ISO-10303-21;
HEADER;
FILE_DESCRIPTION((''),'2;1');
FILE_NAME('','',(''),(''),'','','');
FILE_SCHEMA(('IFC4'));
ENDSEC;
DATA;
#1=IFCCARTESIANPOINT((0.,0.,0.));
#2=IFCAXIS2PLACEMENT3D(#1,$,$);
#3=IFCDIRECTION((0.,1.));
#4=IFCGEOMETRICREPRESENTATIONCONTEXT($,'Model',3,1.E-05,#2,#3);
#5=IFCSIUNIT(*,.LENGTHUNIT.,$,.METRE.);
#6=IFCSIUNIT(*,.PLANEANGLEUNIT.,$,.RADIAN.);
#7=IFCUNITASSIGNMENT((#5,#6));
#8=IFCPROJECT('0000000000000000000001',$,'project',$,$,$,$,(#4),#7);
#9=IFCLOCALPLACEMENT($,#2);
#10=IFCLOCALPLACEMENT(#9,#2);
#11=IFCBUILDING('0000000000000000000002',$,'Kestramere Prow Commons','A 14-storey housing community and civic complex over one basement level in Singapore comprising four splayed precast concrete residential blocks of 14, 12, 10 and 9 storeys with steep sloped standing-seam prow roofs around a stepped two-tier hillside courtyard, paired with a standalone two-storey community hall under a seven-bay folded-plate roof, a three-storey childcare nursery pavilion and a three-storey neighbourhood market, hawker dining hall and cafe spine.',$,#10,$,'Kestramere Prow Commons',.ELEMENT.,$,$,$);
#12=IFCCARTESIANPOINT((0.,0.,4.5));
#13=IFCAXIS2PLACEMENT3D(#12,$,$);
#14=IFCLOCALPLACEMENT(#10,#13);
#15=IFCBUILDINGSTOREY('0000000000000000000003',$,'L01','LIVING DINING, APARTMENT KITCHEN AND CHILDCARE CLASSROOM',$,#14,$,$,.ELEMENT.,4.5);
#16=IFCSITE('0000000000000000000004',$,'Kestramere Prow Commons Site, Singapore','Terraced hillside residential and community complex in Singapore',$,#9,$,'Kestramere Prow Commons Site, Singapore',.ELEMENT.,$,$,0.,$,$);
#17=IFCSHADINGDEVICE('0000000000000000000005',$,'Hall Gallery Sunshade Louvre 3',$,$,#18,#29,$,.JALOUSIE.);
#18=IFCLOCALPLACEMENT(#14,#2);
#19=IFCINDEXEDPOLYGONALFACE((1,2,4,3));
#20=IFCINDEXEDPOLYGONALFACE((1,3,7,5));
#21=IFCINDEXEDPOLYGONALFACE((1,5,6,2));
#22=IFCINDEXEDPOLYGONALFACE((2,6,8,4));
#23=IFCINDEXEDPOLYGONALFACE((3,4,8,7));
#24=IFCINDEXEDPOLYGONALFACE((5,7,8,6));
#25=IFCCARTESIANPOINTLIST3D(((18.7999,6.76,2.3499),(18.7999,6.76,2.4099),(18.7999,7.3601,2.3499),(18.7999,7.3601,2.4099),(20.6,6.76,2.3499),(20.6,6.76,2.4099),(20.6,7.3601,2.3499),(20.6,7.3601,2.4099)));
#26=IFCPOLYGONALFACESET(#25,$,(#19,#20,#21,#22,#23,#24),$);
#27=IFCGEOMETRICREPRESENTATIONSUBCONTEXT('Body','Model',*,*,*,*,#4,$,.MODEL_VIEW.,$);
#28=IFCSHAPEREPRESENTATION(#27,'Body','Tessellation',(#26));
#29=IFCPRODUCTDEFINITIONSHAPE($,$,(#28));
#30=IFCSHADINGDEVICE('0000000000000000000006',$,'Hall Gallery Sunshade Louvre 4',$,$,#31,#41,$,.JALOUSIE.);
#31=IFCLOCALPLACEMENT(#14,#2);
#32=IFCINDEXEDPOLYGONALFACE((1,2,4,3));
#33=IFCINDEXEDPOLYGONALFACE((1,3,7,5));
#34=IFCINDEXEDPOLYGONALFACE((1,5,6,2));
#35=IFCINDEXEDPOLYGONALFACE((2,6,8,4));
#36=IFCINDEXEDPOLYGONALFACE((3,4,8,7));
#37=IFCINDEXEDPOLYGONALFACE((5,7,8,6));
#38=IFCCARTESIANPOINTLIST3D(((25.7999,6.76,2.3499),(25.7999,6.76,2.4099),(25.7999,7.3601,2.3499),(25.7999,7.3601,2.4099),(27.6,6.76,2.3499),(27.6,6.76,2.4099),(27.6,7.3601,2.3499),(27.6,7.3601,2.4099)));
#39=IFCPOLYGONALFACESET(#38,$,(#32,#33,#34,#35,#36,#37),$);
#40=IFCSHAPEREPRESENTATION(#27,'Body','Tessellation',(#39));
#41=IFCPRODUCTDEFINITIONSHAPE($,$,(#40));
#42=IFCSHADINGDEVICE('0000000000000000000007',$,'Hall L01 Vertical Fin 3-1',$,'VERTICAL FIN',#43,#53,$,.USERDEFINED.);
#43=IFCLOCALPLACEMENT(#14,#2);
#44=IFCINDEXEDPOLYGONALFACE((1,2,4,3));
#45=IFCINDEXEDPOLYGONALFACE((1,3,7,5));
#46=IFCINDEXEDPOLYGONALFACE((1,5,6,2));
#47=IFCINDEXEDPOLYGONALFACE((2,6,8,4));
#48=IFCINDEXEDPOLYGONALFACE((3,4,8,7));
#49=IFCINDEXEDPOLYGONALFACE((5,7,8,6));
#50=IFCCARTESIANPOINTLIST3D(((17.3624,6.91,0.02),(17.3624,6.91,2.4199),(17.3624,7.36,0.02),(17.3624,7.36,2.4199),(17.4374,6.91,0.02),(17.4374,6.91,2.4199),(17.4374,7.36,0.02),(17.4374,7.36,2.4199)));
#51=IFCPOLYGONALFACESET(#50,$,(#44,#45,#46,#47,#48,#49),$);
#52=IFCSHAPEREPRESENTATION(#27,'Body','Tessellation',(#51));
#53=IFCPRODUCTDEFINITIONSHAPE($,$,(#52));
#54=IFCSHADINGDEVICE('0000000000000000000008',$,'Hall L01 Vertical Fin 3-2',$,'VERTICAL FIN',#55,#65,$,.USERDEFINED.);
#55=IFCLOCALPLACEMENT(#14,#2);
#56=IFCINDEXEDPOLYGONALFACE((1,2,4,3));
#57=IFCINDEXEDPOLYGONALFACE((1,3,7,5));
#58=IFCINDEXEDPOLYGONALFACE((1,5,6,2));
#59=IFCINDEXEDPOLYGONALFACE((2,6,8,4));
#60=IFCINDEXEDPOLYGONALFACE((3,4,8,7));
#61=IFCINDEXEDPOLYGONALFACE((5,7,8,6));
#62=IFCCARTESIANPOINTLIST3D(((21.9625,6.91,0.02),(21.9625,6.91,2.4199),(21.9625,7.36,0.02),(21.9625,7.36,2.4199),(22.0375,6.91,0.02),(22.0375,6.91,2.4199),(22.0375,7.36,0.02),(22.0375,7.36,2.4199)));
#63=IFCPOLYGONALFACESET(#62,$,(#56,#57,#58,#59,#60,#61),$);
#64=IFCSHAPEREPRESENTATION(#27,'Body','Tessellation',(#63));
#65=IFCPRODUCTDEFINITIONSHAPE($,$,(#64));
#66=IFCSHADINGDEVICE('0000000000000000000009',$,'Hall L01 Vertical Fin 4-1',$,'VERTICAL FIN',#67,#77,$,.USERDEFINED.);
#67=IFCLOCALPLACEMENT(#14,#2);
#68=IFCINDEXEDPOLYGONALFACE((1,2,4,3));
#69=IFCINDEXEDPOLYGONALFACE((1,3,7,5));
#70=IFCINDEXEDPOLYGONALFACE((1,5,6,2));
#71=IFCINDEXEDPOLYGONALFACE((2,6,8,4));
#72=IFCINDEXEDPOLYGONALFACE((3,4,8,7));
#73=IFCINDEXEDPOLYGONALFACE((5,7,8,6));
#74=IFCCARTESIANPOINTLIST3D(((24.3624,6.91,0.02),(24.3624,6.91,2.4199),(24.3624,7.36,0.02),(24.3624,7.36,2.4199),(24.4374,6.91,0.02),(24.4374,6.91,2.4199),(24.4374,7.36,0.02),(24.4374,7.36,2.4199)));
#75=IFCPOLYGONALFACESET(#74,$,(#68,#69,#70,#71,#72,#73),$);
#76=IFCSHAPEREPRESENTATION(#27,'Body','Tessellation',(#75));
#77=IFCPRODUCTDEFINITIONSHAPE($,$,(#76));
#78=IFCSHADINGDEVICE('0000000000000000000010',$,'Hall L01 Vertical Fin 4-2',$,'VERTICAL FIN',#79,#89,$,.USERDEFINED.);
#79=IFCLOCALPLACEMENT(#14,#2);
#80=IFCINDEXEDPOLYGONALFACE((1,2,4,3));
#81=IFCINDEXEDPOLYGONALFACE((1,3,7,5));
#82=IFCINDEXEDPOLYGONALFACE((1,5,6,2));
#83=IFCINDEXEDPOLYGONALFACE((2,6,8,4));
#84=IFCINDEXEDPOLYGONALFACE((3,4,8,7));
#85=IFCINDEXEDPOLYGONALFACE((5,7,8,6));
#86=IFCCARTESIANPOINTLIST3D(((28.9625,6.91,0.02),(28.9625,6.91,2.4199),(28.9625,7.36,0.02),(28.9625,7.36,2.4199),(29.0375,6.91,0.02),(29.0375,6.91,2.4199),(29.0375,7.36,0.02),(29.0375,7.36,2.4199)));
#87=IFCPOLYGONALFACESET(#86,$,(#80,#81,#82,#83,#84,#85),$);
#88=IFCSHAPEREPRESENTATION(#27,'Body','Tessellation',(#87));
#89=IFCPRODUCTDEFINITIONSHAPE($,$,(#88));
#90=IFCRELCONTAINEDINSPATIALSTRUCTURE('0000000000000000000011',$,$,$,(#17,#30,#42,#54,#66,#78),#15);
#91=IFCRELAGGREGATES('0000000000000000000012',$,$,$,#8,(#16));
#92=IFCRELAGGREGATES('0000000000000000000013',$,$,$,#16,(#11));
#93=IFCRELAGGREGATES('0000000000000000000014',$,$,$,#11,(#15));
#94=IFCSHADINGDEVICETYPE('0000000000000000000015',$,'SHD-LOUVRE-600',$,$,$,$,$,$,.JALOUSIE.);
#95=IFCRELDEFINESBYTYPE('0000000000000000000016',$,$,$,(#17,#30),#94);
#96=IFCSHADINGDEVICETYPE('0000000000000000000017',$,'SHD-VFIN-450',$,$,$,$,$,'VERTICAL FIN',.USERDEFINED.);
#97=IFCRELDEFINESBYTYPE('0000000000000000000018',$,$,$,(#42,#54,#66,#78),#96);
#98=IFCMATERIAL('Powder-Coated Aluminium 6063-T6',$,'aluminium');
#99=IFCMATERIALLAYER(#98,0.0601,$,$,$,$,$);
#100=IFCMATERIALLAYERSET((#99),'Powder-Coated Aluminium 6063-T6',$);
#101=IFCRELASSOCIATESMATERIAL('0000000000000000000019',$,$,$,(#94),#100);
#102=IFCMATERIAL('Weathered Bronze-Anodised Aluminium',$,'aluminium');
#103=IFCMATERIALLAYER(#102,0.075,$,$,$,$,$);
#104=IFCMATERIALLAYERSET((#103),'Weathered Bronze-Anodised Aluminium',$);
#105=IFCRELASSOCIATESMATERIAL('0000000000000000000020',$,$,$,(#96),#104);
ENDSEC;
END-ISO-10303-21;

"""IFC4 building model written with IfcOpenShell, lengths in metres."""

from ifc_helpers import new_model, si_unit, direction, frame, origin, origin_2d, place, context, subcontext, project, spatial, rectangle, extrude, material, layer, layer_set, type_object, element, save


model = new_model("IFC4")

# Units and contexts
model_context = context("Model", 3, precision=1e-05, world=origin(), true_north=direction((0.0, 1.0)))
body_context = subcontext(model_context, "Body", "Model", "MODEL_VIEW")
ifc_project = project(units=[si_unit("LENGTHUNIT", "METRE"), si_unit("PLANEANGLEUNIT", "RADIAN")], contexts=[model_context])

# Site, building, storey
site_placement = place(None, origin())
site = spatial("IfcSite", under=ifc_project, at=site_placement, Name="Kestramere Prow Commons Site, Singapore", Description="Terraced hillside residential and community complex in Singapore", LongName="Kestramere Prow Commons Site, Singapore", CompositionType="ELEMENT", RefElevation=0.0)
building_placement = place(site_placement, origin())
building = spatial("IfcBuilding", under=site, at=building_placement, Name="Kestramere Prow Commons", Description="A 14-storey housing community and civic complex over one basement level in Singapore comprising four splayed precast concrete residential blocks of 14, 12, 10 and 9 storeys with steep sloped standing-seam prow roofs around a stepped two-tier hillside courtyard, paired with a standalone two-storey community hall under a seven-bay folded-plate roof, a three-storey childcare nursery pavilion and a three-storey neighbourhood market, hawker dining hall and cafe spine.", LongName="Kestramere Prow Commons", CompositionType="ELEMENT")
storey_placement = place(building_placement, frame((0.0, 0.0, 4.5)))
storey = spatial("IfcBuildingStorey", under=building, at=storey_placement, Name="L01", Description="LIVING DINING, APARTMENT KITCHEN AND CHILDCARE CLASSROOM", CompositionType="ELEMENT", Elevation=4.5)

# Shading devices
ifc_material_1 = material(Name="Powder-Coated Aluminium 6063-T6", Category="aluminium")
ifc_layer_1 = layer(ifc_material_1, 0.0601)
ifc_layer_set_1 = layer_set([ifc_layer_1], Name="Powder-Coated Aluminium 6063-T6")
shading_device_type_1 = type_object("IfcShadingDeviceType", Name="SHD-LOUVRE-600", PredefinedType="JALOUSIE", material=ifc_layer_set_1)
for number, where, z_axis, x_axis, name in (
    (1, (19.7, 7.0601, 2.3499), (0.0, 0.0, 1.0), (1.0, 0.0, 0.0), "Hall Gallery Sunshade Louvre 3"),
    (2, (26.7, 7.0601, 2.3499), (0.0, 0.0, 1.0), (1.0, 0.0, 0.0), "Hall Gallery Sunshade Louvre 4"),
):
    element("IfcShadingDevice", number, at=place(storey_placement, frame(where, z_axis=z_axis, x_axis=x_axis)), inside=storey, type_object=shading_device_type_1, Name=name, PredefinedType="JALOUSIE", context=body_context, shape_type="SweptSolid", body=[
        extrude(rectangle(XDim=1.8, YDim=0.6001, at=origin_2d()), origin(), (0.0, 0.0, 1.0), 0.0601),
    ])
ifc_material_2 = material(Name="Weathered Bronze-Anodised Aluminium", Category="aluminium")
ifc_layer_2 = layer(ifc_material_2, 0.075)
ifc_layer_set_2 = layer_set([ifc_layer_2], Name="Weathered Bronze-Anodised Aluminium")
shading_device_type_2 = type_object("IfcShadingDeviceType", Name="SHD-VFIN-450", ElementType="VERTICAL FIN", PredefinedType="USERDEFINED", material=ifc_layer_set_2)
for number, where, z_axis, x_axis, name in (
    (3, (17.3999, 7.135, 0.02), (0.0, 0.0, 1.0), (1.0, 0.0, 0.0), "Hall L01 Vertical Fin 3-1"),
    (4, (22.0, 7.135, 0.02), (0.0, 0.0, 1.0), (1.0, 0.0, 0.0), "Hall L01 Vertical Fin 3-2"),
    (5, (24.3999, 7.135, 0.02), (0.0, 0.0, 1.0), (1.0, 0.0, 0.0), "Hall L01 Vertical Fin 4-1"),
    (6, (29.0, 7.135, 0.02), (0.0, 0.0, 1.0), (1.0, 0.0, 0.0), "Hall L01 Vertical Fin 4-2"),
):
    element("IfcShadingDevice", number, at=place(storey_placement, frame(where, z_axis=z_axis, x_axis=x_axis)), inside=storey, type_object=shading_device_type_2, Name=name, ObjectType="VERTICAL FIN", PredefinedType="USERDEFINED", context=body_context, shape_type="SweptSolid", body=[
        extrude(rectangle(XDim=0.075, YDim=0.45, at=origin_2d()), origin(), (0.0, 0.0, 1.0), 2.3999),
    ])

save(model, "model.ifc")
